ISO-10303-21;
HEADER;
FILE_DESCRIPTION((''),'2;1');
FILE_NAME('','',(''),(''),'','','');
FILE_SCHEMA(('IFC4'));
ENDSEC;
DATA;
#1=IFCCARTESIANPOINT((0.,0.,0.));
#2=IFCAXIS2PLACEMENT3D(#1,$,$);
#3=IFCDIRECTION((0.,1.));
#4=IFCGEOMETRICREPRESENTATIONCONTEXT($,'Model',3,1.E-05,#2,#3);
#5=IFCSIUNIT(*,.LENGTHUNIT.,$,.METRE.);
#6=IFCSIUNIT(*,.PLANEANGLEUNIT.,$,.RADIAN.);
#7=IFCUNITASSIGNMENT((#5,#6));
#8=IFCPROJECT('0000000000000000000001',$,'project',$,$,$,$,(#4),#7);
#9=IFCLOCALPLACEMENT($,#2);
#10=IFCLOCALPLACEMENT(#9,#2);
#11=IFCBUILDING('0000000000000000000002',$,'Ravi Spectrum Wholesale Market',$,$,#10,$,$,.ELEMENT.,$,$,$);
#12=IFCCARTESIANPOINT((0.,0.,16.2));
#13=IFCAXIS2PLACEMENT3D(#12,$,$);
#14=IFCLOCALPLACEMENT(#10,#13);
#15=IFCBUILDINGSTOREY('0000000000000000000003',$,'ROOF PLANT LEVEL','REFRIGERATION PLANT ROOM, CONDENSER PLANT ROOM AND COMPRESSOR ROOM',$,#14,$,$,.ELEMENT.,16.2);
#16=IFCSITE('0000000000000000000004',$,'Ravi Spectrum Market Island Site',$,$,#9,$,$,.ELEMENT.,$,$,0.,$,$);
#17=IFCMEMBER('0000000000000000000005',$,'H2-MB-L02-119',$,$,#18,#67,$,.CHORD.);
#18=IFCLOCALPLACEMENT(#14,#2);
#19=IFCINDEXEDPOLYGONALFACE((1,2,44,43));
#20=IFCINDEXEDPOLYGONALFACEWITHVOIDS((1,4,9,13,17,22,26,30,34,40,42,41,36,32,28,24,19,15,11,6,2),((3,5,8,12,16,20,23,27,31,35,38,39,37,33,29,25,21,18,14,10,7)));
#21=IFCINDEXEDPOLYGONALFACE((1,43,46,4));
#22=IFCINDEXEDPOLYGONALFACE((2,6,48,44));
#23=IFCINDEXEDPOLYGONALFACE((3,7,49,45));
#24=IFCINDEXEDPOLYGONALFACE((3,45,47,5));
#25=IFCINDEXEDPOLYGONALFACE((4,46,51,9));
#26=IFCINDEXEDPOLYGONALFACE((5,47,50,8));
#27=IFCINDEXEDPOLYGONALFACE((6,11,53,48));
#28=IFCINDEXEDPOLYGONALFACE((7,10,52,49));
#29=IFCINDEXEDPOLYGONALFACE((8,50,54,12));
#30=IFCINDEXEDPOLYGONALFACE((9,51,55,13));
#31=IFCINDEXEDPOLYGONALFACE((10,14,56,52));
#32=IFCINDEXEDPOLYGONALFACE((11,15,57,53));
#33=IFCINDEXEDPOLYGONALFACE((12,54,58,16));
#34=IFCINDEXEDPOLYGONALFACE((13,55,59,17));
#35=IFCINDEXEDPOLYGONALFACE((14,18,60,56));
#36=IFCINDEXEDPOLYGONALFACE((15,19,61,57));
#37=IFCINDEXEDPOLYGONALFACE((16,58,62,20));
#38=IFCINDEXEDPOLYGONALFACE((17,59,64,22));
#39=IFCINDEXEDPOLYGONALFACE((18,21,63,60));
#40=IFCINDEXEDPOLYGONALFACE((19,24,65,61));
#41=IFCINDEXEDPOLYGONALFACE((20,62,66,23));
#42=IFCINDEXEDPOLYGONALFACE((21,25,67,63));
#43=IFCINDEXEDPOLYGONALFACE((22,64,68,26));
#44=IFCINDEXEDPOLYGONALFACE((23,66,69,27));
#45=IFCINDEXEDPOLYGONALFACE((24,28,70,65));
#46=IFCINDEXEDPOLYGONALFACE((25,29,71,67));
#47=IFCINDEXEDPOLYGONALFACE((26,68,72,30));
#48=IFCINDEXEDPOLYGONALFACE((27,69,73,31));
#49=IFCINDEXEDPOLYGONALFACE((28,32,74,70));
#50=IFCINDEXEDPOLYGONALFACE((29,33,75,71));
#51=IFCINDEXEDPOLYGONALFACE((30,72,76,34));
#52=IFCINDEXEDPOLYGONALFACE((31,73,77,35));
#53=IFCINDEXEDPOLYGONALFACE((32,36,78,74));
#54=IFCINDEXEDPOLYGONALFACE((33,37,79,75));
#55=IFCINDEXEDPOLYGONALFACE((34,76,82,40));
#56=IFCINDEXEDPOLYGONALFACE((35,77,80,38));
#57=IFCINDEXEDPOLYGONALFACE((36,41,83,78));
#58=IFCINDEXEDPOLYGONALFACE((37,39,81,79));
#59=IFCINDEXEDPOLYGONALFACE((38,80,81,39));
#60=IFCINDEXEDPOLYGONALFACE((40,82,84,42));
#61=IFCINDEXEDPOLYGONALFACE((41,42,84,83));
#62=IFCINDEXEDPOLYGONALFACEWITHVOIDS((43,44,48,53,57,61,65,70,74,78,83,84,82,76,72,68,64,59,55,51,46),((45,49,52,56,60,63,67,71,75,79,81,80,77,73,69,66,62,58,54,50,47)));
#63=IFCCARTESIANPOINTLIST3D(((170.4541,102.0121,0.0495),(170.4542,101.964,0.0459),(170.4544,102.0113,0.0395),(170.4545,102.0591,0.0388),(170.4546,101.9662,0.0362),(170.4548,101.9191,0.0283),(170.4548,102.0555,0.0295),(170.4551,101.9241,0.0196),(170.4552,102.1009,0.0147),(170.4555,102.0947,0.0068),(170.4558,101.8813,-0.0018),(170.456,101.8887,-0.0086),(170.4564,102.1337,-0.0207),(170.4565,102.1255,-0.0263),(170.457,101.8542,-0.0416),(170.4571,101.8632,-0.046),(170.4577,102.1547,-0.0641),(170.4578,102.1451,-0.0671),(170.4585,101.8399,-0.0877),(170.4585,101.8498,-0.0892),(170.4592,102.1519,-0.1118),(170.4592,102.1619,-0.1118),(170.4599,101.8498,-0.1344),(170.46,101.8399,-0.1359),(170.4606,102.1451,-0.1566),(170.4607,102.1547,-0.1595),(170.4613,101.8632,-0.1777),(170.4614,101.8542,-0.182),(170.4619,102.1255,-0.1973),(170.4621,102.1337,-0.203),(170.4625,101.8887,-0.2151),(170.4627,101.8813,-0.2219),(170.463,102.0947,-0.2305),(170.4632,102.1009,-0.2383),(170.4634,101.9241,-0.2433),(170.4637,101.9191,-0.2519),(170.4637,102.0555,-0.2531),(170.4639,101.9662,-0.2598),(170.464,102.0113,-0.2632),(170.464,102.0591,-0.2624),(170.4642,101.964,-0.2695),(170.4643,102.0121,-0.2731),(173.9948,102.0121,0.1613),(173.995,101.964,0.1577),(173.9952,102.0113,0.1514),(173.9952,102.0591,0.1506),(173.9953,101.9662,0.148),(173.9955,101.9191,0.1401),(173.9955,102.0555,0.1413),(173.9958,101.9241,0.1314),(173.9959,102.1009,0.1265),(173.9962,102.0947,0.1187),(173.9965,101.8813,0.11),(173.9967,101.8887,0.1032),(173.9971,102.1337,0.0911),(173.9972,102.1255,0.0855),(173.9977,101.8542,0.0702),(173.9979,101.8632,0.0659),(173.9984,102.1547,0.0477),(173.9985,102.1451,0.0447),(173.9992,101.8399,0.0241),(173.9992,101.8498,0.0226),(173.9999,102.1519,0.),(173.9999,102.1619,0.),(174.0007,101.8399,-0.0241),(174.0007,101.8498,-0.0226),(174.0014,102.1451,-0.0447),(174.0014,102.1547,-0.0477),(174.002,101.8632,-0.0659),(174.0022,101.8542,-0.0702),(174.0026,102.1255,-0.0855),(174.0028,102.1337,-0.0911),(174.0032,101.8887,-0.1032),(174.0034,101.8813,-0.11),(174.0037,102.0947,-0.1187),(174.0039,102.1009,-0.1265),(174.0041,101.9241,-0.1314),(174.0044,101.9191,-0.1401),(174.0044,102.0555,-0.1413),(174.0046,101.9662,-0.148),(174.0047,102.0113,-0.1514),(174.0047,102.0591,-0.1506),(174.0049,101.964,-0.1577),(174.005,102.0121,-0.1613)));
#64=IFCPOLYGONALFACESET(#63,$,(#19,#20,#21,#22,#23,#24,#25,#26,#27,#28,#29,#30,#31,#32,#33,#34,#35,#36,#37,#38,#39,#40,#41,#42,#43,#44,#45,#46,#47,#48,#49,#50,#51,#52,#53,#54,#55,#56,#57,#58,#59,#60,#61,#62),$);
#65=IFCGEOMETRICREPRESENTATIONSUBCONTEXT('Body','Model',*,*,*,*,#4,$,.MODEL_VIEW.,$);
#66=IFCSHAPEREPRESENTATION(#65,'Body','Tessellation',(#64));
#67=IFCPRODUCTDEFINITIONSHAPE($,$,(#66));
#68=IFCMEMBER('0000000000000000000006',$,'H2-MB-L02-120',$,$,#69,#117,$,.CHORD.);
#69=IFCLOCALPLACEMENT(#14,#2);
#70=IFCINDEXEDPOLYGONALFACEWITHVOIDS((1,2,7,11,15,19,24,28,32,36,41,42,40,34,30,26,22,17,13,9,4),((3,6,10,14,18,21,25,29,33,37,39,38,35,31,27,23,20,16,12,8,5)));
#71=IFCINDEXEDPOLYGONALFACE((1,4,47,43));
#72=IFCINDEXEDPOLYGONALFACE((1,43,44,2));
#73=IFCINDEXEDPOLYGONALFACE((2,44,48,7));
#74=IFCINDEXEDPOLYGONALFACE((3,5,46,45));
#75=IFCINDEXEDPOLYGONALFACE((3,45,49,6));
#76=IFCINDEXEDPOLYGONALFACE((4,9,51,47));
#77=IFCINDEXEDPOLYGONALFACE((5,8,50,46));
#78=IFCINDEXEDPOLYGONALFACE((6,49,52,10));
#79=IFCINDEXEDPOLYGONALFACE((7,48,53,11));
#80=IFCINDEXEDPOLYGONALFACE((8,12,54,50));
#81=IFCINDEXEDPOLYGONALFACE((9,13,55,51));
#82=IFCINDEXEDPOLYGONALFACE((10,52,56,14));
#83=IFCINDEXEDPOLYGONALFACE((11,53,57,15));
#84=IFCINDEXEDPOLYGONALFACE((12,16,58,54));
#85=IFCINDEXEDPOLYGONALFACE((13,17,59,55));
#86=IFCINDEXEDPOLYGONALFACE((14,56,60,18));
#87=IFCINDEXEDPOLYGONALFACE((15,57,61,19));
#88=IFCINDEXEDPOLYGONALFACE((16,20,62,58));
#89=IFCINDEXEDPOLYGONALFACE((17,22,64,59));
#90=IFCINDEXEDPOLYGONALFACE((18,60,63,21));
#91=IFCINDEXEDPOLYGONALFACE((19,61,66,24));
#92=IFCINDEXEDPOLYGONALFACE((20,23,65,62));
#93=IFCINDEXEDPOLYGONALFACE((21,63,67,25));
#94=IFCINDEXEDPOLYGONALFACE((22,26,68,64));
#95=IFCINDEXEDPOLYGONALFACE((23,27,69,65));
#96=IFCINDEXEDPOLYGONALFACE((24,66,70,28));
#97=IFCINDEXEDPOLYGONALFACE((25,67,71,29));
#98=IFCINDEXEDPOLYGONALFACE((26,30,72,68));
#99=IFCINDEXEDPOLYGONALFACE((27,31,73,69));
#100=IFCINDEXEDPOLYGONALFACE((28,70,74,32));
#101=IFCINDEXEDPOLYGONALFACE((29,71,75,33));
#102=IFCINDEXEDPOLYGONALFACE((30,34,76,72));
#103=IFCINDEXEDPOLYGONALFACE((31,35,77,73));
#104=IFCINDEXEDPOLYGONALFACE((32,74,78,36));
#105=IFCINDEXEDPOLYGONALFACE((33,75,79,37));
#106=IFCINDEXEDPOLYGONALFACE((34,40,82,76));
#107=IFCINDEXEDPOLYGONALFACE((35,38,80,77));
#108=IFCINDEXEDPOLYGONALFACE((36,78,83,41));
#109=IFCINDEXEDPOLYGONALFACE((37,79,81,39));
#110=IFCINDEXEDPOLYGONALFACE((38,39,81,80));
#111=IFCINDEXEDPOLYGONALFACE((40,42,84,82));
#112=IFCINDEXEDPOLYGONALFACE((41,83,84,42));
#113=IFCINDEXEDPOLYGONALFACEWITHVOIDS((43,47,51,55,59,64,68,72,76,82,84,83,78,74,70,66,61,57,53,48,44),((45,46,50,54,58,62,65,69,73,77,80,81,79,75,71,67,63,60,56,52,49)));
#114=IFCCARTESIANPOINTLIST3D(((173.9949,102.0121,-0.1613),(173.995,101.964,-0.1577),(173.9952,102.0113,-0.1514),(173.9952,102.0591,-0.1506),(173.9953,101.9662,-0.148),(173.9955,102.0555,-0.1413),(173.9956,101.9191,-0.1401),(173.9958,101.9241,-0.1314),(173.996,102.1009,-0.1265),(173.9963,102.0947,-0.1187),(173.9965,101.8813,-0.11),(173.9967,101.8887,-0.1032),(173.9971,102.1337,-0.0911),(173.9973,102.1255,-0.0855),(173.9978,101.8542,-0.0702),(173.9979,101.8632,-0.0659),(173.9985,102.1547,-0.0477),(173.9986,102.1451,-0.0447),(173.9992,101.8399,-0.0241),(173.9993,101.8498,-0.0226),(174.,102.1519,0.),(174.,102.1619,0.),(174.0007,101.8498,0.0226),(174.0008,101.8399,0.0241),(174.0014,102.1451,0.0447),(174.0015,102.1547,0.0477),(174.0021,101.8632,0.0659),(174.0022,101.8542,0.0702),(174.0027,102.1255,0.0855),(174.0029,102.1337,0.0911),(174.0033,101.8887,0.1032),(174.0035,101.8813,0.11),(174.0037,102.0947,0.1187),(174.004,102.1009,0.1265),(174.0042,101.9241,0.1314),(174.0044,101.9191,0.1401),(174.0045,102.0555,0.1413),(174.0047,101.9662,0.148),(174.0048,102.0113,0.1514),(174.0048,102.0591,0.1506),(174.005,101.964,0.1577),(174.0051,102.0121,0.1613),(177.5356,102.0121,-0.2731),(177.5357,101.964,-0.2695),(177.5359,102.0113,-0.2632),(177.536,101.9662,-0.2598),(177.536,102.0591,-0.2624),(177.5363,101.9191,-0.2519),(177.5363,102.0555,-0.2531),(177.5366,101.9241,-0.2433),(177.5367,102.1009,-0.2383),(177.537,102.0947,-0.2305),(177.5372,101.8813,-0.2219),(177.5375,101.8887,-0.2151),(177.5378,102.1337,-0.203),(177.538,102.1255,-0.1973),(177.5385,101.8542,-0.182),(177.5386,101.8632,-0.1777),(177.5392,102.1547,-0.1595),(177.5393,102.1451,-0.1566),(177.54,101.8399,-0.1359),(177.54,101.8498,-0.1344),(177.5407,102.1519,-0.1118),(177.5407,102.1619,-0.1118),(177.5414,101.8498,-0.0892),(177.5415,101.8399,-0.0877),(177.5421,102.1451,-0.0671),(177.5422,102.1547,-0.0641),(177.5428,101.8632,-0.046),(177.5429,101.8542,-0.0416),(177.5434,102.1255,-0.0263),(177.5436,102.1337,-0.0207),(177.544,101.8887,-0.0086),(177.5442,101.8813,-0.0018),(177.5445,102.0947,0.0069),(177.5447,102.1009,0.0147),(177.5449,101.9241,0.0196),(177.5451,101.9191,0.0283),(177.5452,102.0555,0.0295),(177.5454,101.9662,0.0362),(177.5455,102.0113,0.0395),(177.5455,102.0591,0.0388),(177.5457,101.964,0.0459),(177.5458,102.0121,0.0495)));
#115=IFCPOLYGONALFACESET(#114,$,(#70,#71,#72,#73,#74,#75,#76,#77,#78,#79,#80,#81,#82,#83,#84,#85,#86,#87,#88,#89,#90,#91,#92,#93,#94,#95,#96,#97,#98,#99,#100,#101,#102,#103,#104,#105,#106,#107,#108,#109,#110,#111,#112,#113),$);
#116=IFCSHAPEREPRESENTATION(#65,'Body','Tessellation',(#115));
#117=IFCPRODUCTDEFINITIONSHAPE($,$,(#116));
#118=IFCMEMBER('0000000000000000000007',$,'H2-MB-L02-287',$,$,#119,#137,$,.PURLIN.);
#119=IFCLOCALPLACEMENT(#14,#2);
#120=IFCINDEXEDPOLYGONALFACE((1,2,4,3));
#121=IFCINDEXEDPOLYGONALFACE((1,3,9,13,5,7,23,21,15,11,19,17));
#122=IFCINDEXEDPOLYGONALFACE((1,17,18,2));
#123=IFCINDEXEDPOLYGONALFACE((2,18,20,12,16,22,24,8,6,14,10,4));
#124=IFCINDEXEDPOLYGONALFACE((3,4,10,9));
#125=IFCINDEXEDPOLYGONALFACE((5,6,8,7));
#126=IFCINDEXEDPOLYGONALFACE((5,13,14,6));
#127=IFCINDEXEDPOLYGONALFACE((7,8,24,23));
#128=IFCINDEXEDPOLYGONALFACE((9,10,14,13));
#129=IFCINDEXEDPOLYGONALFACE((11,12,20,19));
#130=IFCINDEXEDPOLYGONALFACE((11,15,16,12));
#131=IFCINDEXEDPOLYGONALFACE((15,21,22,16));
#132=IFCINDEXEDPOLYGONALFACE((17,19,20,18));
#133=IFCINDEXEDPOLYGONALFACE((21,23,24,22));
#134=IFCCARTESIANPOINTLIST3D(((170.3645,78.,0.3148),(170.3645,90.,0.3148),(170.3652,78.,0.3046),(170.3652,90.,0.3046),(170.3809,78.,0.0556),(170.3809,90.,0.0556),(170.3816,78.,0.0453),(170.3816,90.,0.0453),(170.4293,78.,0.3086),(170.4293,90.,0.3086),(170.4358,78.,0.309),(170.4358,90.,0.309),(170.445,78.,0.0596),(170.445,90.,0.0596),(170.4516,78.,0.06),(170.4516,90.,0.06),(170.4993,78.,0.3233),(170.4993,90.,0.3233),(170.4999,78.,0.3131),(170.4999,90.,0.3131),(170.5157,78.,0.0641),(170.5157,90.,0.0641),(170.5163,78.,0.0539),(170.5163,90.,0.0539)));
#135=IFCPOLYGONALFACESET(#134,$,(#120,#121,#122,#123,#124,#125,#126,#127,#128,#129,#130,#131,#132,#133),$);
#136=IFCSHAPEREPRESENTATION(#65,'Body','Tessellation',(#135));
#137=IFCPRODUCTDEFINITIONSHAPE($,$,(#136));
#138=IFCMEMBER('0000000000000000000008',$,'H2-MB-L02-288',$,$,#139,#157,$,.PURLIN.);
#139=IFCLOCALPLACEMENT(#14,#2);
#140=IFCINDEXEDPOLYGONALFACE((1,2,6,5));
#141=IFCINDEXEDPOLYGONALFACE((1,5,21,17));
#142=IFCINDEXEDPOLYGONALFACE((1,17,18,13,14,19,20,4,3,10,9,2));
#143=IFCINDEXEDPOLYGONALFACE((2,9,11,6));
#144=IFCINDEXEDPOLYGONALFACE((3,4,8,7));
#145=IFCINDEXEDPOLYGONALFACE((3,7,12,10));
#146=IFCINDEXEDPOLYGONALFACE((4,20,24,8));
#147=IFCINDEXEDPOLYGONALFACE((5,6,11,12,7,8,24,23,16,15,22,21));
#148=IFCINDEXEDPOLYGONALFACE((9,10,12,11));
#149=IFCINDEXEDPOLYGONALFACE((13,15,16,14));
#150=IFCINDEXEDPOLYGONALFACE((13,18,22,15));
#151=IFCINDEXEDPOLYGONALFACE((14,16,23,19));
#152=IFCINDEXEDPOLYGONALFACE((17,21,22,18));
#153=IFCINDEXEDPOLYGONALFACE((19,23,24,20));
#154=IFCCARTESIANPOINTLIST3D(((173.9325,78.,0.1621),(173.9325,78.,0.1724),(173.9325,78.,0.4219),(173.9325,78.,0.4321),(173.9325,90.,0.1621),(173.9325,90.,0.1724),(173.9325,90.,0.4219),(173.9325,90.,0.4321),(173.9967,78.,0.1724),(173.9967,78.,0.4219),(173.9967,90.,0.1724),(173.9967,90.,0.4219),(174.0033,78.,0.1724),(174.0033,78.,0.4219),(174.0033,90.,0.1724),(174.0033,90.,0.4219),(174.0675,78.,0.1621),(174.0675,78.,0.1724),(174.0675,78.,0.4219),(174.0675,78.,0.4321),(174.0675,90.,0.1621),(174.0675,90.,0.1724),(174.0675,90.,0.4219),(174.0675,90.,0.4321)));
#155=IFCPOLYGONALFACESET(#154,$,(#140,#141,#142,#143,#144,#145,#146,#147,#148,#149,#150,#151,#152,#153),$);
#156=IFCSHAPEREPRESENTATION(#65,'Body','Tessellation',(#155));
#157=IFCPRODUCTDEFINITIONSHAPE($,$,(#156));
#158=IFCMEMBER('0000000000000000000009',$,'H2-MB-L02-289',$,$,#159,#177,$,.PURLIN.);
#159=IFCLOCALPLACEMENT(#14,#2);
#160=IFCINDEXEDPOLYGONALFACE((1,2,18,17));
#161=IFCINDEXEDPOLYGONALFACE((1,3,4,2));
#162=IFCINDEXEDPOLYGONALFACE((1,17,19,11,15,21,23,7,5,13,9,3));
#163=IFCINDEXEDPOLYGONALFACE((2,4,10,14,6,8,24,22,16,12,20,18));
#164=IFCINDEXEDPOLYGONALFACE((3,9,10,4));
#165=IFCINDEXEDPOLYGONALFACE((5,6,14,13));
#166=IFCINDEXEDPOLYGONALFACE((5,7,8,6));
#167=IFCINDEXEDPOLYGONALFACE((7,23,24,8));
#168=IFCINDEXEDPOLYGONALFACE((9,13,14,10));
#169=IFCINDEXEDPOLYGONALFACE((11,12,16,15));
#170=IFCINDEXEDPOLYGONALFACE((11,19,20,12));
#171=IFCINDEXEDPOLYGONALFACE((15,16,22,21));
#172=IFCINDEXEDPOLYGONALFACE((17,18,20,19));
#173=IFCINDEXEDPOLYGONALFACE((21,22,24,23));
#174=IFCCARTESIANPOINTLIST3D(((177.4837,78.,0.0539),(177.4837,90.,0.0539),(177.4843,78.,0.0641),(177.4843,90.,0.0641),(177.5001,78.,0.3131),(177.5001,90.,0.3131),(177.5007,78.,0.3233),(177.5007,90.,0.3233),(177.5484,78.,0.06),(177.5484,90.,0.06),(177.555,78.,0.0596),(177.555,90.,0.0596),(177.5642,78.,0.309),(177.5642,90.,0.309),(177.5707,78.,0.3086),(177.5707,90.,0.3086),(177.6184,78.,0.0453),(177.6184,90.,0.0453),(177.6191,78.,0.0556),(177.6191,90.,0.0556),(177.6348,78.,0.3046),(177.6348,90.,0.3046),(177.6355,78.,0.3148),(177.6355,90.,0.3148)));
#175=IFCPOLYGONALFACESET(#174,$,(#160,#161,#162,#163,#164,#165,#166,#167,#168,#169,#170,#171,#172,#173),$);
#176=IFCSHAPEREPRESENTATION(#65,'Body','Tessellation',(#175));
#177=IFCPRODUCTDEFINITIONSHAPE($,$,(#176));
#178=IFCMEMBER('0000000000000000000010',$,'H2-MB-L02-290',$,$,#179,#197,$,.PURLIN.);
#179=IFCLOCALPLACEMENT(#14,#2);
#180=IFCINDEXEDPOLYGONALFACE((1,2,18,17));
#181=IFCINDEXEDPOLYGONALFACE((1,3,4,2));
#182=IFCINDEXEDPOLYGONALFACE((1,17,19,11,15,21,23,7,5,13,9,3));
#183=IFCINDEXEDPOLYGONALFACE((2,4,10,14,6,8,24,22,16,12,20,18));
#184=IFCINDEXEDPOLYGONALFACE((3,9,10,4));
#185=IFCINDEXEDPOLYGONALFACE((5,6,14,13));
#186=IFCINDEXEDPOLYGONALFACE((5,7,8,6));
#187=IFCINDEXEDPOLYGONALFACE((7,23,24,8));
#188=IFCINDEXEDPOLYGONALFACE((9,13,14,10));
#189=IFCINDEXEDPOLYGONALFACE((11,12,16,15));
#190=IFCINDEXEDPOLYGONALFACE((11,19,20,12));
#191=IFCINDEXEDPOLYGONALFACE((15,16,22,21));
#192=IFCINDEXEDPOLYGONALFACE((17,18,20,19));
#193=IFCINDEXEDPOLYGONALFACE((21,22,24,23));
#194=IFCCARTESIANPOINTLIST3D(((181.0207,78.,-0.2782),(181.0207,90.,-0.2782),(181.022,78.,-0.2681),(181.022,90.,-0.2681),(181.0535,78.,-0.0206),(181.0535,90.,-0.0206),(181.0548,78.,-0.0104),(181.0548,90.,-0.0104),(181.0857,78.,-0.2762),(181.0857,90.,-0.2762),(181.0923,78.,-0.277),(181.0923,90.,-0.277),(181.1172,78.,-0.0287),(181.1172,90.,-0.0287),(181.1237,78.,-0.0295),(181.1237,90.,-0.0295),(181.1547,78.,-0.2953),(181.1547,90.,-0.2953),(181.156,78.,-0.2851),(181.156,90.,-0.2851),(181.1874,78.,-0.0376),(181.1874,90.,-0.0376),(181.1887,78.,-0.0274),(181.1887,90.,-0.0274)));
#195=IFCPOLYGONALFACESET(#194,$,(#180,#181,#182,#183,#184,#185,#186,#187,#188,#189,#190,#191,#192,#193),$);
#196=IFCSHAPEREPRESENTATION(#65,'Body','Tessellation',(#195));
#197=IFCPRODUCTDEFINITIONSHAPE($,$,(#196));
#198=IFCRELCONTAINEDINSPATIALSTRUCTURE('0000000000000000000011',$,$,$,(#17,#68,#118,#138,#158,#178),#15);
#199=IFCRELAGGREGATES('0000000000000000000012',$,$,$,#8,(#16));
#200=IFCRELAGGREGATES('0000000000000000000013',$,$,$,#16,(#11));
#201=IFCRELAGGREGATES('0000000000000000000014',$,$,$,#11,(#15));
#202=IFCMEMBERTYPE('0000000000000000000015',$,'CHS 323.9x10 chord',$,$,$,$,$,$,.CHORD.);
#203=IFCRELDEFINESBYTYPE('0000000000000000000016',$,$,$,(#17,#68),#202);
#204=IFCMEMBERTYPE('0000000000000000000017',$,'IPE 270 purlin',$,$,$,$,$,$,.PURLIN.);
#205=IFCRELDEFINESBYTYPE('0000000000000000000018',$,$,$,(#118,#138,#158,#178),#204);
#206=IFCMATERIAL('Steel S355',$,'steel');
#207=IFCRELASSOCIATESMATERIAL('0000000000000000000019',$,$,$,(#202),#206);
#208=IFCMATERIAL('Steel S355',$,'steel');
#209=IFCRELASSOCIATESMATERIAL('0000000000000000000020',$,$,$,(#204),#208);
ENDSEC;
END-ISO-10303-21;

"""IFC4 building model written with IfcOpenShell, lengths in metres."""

from ifc_helpers import new_model, si_unit, direction, frame, origin, origin_2d, place, context, subcontext, project, spatial, hollow_circle, i_section, extrude, material, material_profile, profile_set, type_object, element, save


model = new_model("IFC4")

# Units and contexts
model_context = context("Model", 3, precision=1e-05, world=origin(), true_north=direction((0.0, 1.0)))
body_context = subcontext(model_context, "Body", "Model", "MODEL_VIEW")
ifc_project = project(units=[si_unit("LENGTHUNIT", "METRE"), si_unit("PLANEANGLEUNIT", "RADIAN")], contexts=[model_context])

# Site, building, storey
site_placement = place(None, origin())
site = spatial("IfcSite", under=ifc_project, at=site_placement, Name="Ravi Spectrum Market Island Site", CompositionType="ELEMENT", RefElevation=0.0)
building_placement = place(site_placement, origin())
building = spatial("IfcBuilding", under=site, at=building_placement, Name="Ravi Spectrum Wholesale Market", CompositionType="ELEMENT")
storey_placement = place(building_placement, frame((0.0, 0.0, 16.2)))
storey = spatial("IfcBuildingStorey", under=building, at=storey_placement, Name="ROOF PLANT LEVEL", Description="REFRIGERATION PLANT ROOM, CONDENSER PLANT ROOM AND COMPRESSOR ROOM", CompositionType="ELEMENT", Elevation=16.2)

# Members
ifc_material_1 = material(Name="Steel S355", Category="steel")
ifc_material_profile_1 = material_profile(ifc_material_1, hollow_circle(Radius=0.1619, WallThickness=0.01, at=origin_2d()))
ifc_profile_set_1 = profile_set([ifc_material_profile_1], Name="Steel S355")
member_type_1 = type_object("IfcMemberType", Name="CHS 323.9x10 chord", PredefinedType="CHORD", material=ifc_profile_set_1)
for number, where, z_axis, x_axis, name in (
    (1, (170.4592, 102.0, -0.1118), (0.999502, 0.0, 0.031564), (0.0, 1.0, 0.0), "H2-MB-L02-119"),
    (2, (174.0, 102.0, 0.0), (0.999502, 0.0, -0.031564), (0.0, 1.0, 0.0), "H2-MB-L02-120"),
):
    element("IfcMember", number, at=place(storey_placement, frame(where, z_axis=z_axis, x_axis=x_axis)), inside=storey, type_object=member_type_1, Name=name, PredefinedType="CHORD", context=body_context, shape_type="SweptSolid", body=[
        extrude(hollow_circle(Radius=0.1619, WallThickness=0.01, at=origin_2d()), origin(), (0.0, 0.0, 1.0), 3.5425),
    ])
ifc_material_2 = material(Name="Steel S355", Category="steel")
ifc_material_profile_2 = material_profile(ifc_material_2, i_section(OverallWidth=0.135, OverallDepth=0.27, WebThickness=0.0066, FlangeThickness=0.0103, at=origin_2d()))
ifc_profile_set_2 = profile_set([ifc_material_profile_2], Name="Steel S355")
member_type_2 = type_object("IfcMemberType", Name="IPE 270 purlin", PredefinedType="PURLIN", material=ifc_profile_set_2)
for number, where, z_axis, x_axis, name in (
    (3, (170.4404, 78.0, 0.1843), (0.0, 1.0, 0.0), (-0.998001, 0.0, -0.063191), "H2-MB-L02-287"),
    (4, (174.0, 78.0, 0.2971), (0.0, 1.0, 0.0), (-1.0, 0.0, 0.0), "H2-MB-L02-288"),
    (5, (177.5596, 78.0, 0.1843), (0.0, 1.0, 0.0), (-0.998001, 0.0, 0.063191), "H2-MB-L02-289"),
    (6, (181.1047, 78.0, -0.1528), (0.0, 1.0, 0.0), (-0.992014, 0.0, 0.126129), "H2-MB-L02-290"),
):
    element("IfcMember", number, at=place(storey_placement, frame(where, z_axis=z_axis, x_axis=x_axis)), inside=storey, type_object=member_type_2, Name=name, PredefinedType="PURLIN", context=body_context, shape_type="SweptSolid", body=[
        extrude(i_section(OverallWidth=0.135, OverallDepth=0.27, WebThickness=0.0066, FlangeThickness=0.0103, at=origin_2d()), origin(), (0.0, 0.0, 1.0), 12.0),
    ])

save(model, "model.ifc")
